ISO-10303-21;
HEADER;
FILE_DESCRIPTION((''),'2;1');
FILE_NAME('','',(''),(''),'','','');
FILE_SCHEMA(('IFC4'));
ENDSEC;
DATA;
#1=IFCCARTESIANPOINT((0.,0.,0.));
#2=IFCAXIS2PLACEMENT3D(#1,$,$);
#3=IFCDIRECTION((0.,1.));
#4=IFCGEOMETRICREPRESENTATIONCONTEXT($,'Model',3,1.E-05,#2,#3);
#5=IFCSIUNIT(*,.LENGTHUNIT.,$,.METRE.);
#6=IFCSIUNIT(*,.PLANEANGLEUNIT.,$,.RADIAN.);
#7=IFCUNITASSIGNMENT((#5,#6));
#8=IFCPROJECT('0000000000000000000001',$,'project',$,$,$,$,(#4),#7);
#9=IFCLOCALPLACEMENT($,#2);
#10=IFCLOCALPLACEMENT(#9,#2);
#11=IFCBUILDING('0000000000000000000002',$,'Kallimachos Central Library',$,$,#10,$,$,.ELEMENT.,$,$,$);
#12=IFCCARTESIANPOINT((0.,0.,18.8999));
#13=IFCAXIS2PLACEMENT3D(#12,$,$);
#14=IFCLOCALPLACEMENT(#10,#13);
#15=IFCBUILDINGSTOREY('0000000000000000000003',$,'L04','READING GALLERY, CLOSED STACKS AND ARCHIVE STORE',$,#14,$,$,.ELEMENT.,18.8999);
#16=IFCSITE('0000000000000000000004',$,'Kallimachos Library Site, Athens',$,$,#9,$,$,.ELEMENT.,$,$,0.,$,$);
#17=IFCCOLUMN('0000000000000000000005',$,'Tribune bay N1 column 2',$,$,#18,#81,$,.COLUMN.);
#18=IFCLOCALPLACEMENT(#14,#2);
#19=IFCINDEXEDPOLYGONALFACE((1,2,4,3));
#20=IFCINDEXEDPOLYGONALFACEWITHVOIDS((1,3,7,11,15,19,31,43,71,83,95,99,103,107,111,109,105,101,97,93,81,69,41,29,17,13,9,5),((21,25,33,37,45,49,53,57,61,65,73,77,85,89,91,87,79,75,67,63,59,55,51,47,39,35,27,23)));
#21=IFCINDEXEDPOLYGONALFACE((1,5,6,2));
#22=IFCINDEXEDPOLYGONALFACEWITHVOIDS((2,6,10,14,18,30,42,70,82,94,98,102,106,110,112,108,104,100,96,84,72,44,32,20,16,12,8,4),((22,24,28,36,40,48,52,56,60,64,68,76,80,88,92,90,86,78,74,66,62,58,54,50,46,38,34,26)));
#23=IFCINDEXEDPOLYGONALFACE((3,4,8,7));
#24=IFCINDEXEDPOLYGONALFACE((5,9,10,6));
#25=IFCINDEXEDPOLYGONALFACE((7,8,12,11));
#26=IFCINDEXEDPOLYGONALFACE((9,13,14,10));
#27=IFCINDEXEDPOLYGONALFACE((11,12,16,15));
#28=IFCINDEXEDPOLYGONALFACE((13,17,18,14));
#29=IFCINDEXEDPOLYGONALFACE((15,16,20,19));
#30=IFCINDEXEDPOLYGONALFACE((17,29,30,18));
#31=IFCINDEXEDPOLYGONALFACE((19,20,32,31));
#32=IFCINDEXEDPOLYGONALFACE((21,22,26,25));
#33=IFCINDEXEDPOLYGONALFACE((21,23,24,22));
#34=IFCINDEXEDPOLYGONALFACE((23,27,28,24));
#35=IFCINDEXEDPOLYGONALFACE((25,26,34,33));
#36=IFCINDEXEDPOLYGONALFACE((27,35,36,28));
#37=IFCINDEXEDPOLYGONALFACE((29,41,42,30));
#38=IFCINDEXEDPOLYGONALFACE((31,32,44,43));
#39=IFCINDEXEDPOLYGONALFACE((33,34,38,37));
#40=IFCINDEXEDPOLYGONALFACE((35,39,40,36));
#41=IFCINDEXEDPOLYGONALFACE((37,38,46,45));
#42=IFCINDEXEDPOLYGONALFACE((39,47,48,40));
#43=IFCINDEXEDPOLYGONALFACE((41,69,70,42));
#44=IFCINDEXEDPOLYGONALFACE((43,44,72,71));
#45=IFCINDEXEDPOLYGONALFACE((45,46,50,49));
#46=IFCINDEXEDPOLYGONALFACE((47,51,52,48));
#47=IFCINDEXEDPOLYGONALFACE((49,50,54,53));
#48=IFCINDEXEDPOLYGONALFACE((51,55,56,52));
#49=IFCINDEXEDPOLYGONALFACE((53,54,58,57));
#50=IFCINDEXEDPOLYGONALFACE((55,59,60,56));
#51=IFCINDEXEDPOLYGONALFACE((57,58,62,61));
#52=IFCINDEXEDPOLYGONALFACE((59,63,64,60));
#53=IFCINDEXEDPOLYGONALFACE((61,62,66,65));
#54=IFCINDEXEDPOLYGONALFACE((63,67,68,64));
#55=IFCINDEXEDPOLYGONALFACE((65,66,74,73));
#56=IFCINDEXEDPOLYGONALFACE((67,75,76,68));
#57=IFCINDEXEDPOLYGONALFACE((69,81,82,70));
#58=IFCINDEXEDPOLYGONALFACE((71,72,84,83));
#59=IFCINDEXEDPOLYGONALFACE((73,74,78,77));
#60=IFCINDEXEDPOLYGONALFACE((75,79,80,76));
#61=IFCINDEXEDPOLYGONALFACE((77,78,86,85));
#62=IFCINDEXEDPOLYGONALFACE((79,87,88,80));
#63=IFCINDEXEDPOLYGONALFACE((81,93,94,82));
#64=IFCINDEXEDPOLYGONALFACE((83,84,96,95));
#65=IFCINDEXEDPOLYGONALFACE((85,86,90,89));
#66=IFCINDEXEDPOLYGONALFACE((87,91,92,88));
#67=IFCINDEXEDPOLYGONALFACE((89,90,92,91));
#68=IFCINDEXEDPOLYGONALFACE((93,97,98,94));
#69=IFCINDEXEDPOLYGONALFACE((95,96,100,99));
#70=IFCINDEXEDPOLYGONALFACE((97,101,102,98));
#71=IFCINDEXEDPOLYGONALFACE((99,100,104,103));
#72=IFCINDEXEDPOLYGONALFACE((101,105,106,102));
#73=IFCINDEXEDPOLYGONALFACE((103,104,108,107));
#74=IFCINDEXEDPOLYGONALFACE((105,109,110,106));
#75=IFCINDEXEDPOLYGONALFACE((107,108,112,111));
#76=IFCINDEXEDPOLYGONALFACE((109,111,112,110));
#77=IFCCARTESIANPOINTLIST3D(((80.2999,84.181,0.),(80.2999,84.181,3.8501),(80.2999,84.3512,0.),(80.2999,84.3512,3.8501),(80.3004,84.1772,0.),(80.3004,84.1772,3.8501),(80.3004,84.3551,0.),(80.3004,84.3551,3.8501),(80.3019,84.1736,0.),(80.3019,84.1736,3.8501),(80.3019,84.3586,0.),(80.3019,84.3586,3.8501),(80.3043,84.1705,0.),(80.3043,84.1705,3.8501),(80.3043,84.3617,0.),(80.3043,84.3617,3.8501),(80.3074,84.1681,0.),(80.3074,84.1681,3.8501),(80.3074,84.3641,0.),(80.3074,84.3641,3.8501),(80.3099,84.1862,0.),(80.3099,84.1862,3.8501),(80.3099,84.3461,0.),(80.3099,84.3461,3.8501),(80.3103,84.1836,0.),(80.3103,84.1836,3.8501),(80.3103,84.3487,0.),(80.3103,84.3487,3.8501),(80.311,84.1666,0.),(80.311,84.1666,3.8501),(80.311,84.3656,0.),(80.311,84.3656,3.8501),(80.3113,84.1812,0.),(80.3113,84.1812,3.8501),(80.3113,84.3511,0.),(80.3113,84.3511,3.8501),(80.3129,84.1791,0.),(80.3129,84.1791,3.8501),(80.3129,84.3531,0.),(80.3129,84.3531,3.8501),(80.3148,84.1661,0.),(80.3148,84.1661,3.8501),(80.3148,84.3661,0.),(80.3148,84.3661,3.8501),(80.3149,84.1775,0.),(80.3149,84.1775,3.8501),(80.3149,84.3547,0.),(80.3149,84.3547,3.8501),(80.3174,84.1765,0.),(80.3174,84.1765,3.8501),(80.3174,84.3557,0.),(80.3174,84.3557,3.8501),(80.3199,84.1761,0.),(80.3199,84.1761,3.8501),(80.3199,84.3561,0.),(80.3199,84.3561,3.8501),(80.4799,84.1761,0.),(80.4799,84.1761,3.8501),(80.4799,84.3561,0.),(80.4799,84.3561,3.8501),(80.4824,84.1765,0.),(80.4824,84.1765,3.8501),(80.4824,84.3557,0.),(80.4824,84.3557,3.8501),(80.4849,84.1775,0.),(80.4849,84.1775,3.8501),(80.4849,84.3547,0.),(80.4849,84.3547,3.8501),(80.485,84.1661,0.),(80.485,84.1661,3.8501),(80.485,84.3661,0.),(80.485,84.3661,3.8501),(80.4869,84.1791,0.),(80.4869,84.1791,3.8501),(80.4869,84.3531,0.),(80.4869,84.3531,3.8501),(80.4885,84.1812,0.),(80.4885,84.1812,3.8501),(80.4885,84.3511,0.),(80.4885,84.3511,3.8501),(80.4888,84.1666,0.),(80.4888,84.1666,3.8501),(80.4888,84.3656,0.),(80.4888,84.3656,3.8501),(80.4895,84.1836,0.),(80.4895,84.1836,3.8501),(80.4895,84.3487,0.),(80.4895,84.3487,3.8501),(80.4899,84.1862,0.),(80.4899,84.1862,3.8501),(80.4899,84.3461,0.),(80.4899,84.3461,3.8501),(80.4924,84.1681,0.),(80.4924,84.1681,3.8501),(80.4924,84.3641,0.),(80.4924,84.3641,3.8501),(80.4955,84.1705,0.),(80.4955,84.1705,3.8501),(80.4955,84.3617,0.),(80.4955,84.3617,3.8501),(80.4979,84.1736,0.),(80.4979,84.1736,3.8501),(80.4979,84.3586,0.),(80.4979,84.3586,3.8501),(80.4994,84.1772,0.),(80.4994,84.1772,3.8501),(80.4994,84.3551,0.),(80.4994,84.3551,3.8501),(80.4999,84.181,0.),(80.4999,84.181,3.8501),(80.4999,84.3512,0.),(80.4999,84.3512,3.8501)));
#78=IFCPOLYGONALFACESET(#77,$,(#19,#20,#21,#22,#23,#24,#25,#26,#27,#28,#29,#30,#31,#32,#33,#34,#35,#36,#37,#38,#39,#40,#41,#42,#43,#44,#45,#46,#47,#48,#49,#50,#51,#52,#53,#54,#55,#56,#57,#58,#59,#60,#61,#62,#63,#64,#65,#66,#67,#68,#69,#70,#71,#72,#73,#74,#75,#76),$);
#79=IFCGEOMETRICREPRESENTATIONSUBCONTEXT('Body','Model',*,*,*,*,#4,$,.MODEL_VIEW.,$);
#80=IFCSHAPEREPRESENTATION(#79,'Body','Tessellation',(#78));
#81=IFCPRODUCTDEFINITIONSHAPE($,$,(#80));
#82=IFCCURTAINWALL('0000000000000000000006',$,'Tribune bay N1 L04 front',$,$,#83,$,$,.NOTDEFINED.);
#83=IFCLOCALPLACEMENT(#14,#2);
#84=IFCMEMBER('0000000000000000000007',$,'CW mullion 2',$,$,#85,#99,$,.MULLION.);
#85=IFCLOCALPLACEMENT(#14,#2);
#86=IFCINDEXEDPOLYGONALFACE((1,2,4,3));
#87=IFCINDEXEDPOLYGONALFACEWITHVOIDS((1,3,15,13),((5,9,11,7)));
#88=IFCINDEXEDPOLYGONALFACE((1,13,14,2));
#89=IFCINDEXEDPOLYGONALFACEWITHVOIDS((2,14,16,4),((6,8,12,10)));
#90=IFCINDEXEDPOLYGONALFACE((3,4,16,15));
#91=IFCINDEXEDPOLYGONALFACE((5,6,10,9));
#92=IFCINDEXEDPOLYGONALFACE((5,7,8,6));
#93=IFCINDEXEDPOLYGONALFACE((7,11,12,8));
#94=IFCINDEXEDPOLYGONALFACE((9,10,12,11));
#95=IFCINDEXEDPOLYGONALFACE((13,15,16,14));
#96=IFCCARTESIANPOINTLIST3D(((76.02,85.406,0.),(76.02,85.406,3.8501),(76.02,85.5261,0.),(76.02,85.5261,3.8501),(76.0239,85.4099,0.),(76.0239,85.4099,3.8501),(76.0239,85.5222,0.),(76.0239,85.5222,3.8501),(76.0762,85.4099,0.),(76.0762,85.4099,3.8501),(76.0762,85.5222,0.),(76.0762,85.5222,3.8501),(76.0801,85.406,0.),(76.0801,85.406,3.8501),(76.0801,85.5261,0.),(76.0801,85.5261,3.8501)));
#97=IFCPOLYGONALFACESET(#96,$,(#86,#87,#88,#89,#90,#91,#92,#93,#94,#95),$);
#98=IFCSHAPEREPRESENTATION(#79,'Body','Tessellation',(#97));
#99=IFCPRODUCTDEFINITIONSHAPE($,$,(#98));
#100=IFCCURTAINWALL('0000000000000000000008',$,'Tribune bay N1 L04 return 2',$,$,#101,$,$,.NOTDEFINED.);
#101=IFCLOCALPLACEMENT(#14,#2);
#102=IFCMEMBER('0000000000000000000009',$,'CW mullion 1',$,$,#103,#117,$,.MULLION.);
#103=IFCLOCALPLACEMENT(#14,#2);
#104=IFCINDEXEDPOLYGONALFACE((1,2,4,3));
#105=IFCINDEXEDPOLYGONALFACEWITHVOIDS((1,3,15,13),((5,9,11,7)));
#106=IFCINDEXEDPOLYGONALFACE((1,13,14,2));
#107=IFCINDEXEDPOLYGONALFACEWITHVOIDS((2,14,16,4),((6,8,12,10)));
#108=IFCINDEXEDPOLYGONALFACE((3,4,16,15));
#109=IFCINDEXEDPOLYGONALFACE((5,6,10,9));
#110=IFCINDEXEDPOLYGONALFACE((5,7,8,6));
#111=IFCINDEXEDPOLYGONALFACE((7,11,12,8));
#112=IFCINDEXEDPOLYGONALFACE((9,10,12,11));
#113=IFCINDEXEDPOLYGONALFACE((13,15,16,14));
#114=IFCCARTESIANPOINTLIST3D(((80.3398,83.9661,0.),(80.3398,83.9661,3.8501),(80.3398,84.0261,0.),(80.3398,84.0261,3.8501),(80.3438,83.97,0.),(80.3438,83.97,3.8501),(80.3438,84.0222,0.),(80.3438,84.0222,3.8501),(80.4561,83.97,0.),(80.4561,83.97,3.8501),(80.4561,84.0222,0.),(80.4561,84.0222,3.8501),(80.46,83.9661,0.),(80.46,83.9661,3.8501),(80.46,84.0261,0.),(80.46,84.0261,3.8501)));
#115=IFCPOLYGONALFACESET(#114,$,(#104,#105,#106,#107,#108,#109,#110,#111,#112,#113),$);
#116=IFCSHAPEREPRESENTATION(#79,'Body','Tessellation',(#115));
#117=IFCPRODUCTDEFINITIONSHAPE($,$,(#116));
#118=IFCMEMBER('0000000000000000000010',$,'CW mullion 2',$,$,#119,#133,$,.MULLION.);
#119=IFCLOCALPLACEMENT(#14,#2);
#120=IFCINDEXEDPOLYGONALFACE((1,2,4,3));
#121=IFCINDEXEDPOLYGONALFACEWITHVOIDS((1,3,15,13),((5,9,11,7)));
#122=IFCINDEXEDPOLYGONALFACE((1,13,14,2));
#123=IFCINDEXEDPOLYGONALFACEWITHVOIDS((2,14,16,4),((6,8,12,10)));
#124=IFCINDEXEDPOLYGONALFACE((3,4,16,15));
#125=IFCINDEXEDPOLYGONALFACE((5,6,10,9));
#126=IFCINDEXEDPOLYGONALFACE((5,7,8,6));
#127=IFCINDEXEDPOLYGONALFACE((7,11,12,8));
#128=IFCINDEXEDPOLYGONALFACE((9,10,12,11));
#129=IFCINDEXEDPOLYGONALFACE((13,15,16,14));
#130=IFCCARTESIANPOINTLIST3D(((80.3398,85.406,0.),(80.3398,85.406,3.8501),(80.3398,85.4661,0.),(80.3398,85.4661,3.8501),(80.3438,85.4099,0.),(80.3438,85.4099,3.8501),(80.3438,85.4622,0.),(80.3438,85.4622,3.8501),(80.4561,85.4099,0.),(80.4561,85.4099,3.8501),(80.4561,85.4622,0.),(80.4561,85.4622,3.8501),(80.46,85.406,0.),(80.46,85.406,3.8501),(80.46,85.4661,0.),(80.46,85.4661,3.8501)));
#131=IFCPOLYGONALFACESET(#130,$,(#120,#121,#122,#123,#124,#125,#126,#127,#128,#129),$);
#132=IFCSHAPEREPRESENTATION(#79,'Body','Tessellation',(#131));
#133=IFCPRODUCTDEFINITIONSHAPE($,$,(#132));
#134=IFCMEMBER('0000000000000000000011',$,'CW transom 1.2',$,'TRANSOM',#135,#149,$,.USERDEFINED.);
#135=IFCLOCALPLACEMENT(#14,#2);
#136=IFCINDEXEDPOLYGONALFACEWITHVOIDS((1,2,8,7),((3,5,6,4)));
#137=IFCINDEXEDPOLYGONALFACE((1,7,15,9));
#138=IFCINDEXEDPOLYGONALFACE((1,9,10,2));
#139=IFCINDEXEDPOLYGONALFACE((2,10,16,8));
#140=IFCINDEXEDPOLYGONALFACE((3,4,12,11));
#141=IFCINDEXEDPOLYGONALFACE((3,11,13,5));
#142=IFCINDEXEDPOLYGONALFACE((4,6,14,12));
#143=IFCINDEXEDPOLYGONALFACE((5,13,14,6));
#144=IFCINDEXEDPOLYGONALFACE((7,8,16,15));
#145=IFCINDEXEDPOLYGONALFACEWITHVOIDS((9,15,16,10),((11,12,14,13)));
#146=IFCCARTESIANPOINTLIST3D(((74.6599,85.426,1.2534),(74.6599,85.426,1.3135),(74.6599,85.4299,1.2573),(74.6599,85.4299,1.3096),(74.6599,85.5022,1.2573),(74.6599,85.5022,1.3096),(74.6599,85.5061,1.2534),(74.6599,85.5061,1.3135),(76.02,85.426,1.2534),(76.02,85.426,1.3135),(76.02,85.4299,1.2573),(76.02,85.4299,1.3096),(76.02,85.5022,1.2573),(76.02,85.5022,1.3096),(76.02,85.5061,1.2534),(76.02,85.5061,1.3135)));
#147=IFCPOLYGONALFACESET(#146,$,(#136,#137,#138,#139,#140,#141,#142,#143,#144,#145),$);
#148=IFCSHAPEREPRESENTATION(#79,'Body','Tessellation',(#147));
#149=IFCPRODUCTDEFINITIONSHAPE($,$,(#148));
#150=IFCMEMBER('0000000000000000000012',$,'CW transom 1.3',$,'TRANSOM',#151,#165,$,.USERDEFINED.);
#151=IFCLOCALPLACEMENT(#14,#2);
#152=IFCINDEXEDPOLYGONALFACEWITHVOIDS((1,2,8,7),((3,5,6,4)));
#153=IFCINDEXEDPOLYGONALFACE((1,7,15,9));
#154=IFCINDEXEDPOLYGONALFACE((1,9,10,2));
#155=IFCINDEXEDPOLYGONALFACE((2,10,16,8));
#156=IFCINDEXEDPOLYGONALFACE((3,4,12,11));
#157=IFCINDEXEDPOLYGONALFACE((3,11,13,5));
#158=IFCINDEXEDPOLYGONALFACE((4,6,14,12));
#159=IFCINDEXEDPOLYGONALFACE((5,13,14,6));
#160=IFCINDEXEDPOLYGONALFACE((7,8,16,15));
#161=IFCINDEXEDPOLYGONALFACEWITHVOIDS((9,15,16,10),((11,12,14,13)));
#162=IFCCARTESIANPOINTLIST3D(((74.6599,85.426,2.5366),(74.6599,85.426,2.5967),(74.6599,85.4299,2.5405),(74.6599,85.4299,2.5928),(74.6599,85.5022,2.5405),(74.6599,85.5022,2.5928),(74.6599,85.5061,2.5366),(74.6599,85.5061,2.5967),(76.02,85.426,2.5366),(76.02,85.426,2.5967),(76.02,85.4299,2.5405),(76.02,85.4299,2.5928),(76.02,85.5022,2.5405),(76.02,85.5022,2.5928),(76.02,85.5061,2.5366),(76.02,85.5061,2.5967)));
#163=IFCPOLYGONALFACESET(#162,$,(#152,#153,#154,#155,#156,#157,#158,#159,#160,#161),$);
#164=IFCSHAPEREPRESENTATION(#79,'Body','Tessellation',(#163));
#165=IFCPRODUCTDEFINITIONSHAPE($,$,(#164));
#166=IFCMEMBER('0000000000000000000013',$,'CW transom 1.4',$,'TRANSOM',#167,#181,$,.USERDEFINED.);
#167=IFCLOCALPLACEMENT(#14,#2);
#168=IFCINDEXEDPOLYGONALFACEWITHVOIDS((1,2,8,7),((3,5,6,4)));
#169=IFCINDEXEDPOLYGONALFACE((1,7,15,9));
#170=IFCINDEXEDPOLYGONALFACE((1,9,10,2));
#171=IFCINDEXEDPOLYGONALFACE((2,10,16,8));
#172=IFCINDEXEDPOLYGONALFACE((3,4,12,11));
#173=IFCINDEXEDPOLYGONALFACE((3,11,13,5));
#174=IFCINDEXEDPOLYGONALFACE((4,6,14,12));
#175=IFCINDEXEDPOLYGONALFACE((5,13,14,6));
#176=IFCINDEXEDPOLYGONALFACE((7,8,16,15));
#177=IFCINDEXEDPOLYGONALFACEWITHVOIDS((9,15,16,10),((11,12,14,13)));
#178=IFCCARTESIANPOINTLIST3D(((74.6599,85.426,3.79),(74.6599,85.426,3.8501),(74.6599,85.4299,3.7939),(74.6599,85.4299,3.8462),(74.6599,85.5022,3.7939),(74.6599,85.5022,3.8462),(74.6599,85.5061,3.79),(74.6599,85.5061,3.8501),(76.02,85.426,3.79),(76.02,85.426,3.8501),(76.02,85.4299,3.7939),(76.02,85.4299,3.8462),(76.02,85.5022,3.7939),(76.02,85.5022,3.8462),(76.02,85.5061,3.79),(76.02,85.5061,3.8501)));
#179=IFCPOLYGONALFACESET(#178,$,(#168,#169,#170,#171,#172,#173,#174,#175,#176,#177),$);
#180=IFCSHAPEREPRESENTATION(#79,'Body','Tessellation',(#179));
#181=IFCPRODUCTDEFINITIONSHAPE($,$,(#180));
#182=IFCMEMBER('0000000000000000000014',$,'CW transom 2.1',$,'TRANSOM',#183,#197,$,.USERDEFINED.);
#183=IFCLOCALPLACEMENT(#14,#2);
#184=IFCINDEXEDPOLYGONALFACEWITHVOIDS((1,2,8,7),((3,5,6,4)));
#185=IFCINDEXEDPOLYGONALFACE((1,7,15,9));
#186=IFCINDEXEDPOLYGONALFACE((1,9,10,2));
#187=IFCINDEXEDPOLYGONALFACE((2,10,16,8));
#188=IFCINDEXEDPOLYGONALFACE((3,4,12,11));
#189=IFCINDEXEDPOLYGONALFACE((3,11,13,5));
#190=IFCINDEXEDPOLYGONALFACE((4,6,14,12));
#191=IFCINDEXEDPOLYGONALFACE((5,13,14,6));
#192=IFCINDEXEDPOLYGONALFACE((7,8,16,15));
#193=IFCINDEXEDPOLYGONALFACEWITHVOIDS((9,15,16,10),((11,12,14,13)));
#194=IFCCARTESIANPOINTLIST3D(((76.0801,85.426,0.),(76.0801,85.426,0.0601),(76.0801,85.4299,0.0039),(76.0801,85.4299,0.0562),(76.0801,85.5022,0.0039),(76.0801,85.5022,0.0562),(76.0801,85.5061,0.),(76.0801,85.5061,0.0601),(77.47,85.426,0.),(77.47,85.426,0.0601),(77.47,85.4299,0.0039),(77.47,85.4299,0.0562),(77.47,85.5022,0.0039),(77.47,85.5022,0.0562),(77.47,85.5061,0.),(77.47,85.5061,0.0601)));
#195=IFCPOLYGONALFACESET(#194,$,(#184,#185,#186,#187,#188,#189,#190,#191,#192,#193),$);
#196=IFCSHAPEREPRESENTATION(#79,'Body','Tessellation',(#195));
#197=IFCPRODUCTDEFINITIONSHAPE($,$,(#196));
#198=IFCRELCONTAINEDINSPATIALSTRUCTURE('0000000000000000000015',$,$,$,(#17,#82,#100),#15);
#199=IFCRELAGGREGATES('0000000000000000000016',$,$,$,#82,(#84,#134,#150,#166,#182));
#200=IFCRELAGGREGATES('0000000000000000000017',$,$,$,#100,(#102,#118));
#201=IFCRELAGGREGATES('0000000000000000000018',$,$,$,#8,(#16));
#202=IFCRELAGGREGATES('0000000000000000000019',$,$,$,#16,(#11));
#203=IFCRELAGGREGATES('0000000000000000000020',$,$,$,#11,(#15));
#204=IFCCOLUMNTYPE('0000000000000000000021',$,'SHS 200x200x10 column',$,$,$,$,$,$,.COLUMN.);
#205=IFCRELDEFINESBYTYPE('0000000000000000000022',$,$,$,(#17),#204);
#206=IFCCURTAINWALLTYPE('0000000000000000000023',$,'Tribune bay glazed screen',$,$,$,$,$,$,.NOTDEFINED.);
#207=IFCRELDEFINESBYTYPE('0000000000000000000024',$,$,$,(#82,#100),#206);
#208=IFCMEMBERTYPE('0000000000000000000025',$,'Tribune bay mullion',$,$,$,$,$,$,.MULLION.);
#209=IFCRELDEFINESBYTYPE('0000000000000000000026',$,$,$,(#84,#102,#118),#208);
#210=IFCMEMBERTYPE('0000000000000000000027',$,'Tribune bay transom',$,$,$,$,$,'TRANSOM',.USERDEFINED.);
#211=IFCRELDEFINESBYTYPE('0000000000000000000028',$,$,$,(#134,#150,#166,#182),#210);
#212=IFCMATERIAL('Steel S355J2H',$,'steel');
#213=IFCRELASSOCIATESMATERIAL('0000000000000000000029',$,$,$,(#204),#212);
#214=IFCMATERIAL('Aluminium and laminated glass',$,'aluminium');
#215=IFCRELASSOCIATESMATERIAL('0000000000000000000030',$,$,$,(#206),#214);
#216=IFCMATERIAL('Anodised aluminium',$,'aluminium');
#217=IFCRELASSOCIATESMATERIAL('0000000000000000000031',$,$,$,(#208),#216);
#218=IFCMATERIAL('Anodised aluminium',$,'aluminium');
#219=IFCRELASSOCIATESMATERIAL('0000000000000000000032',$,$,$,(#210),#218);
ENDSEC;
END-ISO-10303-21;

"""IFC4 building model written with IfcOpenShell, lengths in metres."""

from ifc_helpers import new_model, si_unit, direction, frame, origin, origin_2d, place, context, subcontext, project, spatial, hollow_rectangle, extrude, material, material_profile, profile_set, type_object, element, aggregate, save


model = new_model("IFC4")

# Units and contexts
model_context = context("Model", 3, precision=1e-05, world=origin(), true_north=direction((0.0, 1.0)))
body_context = subcontext(model_context, "Body", "Model", "MODEL_VIEW")
ifc_project = project(units=[si_unit("LENGTHUNIT", "METRE"), si_unit("PLANEANGLEUNIT", "RADIAN")], contexts=[model_context])

# Site, building, storey
site_placement = place(None, origin())
site = spatial("IfcSite", under=ifc_project, at=site_placement, Name="Kallimachos Library Site, Athens", CompositionType="ELEMENT", RefElevation=0.0)
building_placement = place(site_placement, origin())
building = spatial("IfcBuilding", under=site, at=building_placement, Name="Kallimachos Central Library", CompositionType="ELEMENT")
storey_placement = place(building_placement, frame((0.0, 0.0, 18.8999)))
storey = spatial("IfcBuildingStorey", under=building, at=storey_placement, Name="L04", Description="READING GALLERY, CLOSED STACKS AND ARCHIVE STORE", CompositionType="ELEMENT", Elevation=18.8999)

# Column
ifc_material_1 = material(Name="Steel S355J2H", Category="steel")
ifc_material_profile_1 = material_profile(ifc_material_1, hollow_rectangle(XDim=0.2, YDim=0.2, WallThickness=0.01, InnerFilletRadius=0.01, OuterFilletRadius=0.0149, at=origin_2d()), Name="SHS 200x200x10")
ifc_profile_set_1 = profile_set([ifc_material_profile_1], Name="Steel S355J2H")
column_type = type_object("IfcColumnType", Name="SHS 200x200x10 column", PredefinedType="COLUMN", material=ifc_profile_set_1)
column_placement = place(storey_placement, frame((80.3999, 84.2661, 0.0), z_axis=(0.0, 0.0, 1.0), x_axis=(1.0, 0.0, 0.0)))
element("IfcColumn", 1, at=column_placement, inside=storey, type_object=column_type, Name="Tribune bay N1 column 2", PredefinedType="COLUMN", context=body_context, shape_type="SweptSolid", body=[
    extrude(hollow_rectangle(XDim=0.2, YDim=0.2, WallThickness=0.01, InnerFilletRadius=0.01, OuterFilletRadius=0.0149, at=origin_2d()), origin(), (0.0, 0.0, 1.0), 3.8501),
])

# Curtain wall, member
ifc_material_2 = material(Name="Aluminium and laminated glass", Category="aluminium")
curtain_wall_type = type_object("IfcCurtainWallType", Name="Tribune bay glazed screen", PredefinedType="NOTDEFINED", material=ifc_material_2)
curtain_wall_1_placement = place(storey_placement, origin())
curtain_wall_1 = element("IfcCurtainWall", 2, at=curtain_wall_1_placement, inside=storey, type_object=curtain_wall_type, Name="Tribune bay N1 L04 front", PredefinedType="NOTDEFINED")
ifc_material_3 = material(Name="Anodised aluminium", Category="aluminium")
ifc_material_profile_2 = material_profile(ifc_material_3, hollow_rectangle(XDim=0.0601, YDim=0.1201, WallThickness=0.0039, at=origin_2d()), Name="ALU MULLION 60x120")
ifc_profile_set_2 = profile_set([ifc_material_profile_2], Name="Anodised aluminium")
member_type_1 = type_object("IfcMemberType", Name="Tribune bay mullion", PredefinedType="MULLION", material=ifc_profile_set_2)
member_1_placement = place(storey_placement, frame((76.05, 85.4661, 0.0), z_axis=(0.0, 0.0, 1.0), x_axis=(1.0, 0.0, 0.0)))
member_1 = element("IfcMember", 3, at=member_1_placement, type_object=member_type_1, Name="CW mullion 2", PredefinedType="MULLION", context=body_context, shape_type="SweptSolid", body=[
    extrude(hollow_rectangle(XDim=0.0601, YDim=0.1201, WallThickness=0.0039, at=origin_2d()), origin(), (0.0, 0.0, 1.0), 3.8501),
])

# Curtain wall, members
curtain_wall_2_placement = place(storey_placement, origin())
curtain_wall_2 = element("IfcCurtainWall", 4, at=curtain_wall_2_placement, inside=storey, type_object=curtain_wall_type, Name="Tribune bay N1 L04 return 2", PredefinedType="NOTDEFINED")
member_2_placement = place(storey_placement, frame((80.3999, 83.9961, 0.0), z_axis=(0.0, 0.0, 1.0), x_axis=(0.0, 1.0, 0.0)))
member_2 = element("IfcMember", 5, at=member_2_placement, type_object=member_type_1, Name="CW mullion 1", PredefinedType="MULLION", context=body_context, shape_type="SweptSolid", body=[
    extrude(hollow_rectangle(XDim=0.0601, YDim=0.1201, WallThickness=0.0039, at=origin_2d()), origin(), (0.0, 0.0, 1.0), 3.8501),
])
member_3_placement = place(storey_placement, frame((80.3999, 85.436, 0.0), z_axis=(0.0, 0.0, 1.0), x_axis=(0.0, 1.0, 0.0)))
member_3 = element("IfcMember", 6, at=member_3_placement, type_object=member_type_1, Name="CW mullion 2", PredefinedType="MULLION", context=body_context, shape_type="SweptSolid", body=[
    extrude(hollow_rectangle(XDim=0.0601, YDim=0.1201, WallThickness=0.0039, at=origin_2d()), origin(), (0.0, 0.0, 1.0), 3.8501),
])

# Members
ifc_material_4 = material(Name="Anodised aluminium", Category="aluminium")
ifc_material_profile_3 = material_profile(ifc_material_4, hollow_rectangle(XDim=0.0601, YDim=0.0801, WallThickness=0.0039, at=origin_2d()), Name="ALU TRANSOM 60x80")
ifc_profile_set_3 = profile_set([ifc_material_profile_3], Name="Anodised aluminium")
member_type_2 = type_object("IfcMemberType", Name="Tribune bay transom", ElementType="TRANSOM", PredefinedType="USERDEFINED", material=ifc_profile_set_3)
member_4_placement = place(storey_placement, frame((74.6599, 85.4661, 1.2834), z_axis=(1.0, 0.0, 0.0), x_axis=(0.0, 0.0, 1.0)))
member_4 = element("IfcMember", 7, at=member_4_placement, type_object=member_type_2, Name="CW transom 1.2", ObjectType="TRANSOM", PredefinedType="USERDEFINED", context=body_context, shape_type="SweptSolid", body=[
    extrude(hollow_rectangle(XDim=0.0601, YDim=0.0801, WallThickness=0.0039, at=origin_2d()), origin(), (0.0, 0.0, 1.0), 1.3601),
])
member_5_placement = place(storey_placement, frame((74.6599, 85.4661, 2.5667), z_axis=(1.0, 0.0, 0.0), x_axis=(0.0, 0.0, 1.0)))
member_5 = element("IfcMember", 8, at=member_5_placement, type_object=member_type_2, Name="CW transom 1.3", ObjectType="TRANSOM", PredefinedType="USERDEFINED", context=body_context, shape_type="SweptSolid", body=[
    extrude(hollow_rectangle(XDim=0.0601, YDim=0.0801, WallThickness=0.0039, at=origin_2d()), origin(), (0.0, 0.0, 1.0), 1.3601),
])
member_6_placement = place(storey_placement, frame((74.6599, 85.4661, 3.8201), z_axis=(1.0, 0.0, 0.0), x_axis=(0.0, 0.0, 1.0)))
member_6 = element("IfcMember", 9, at=member_6_placement, type_object=member_type_2, Name="CW transom 1.4", ObjectType="TRANSOM", PredefinedType="USERDEFINED", context=body_context, shape_type="SweptSolid", body=[
    extrude(hollow_rectangle(XDim=0.0601, YDim=0.0801, WallThickness=0.0039, at=origin_2d()), origin(), (0.0, 0.0, 1.0), 1.3601),
])
member_7_placement = place(storey_placement, frame((76.0801, 85.4661, 0.03), z_axis=(1.0, 0.0, 0.0), x_axis=(0.0, 0.0, 1.0)))
member_7 = element("IfcMember", 10, at=member_7_placement, type_object=member_type_2, Name="CW transom 2.1", ObjectType="TRANSOM", PredefinedType="USERDEFINED", context=body_context, shape_type="SweptSolid", body=[
    extrude(hollow_rectangle(XDim=0.0601, YDim=0.0801, WallThickness=0.0039, at=origin_2d()), origin(), (0.0, 0.0, 1.0), 1.3899),
])

aggregate(curtain_wall_1, [member_1, member_4, member_5, member_6, member_7])
aggregate(curtain_wall_2, [member_2, member_3])

save(model, "model.ifc")
